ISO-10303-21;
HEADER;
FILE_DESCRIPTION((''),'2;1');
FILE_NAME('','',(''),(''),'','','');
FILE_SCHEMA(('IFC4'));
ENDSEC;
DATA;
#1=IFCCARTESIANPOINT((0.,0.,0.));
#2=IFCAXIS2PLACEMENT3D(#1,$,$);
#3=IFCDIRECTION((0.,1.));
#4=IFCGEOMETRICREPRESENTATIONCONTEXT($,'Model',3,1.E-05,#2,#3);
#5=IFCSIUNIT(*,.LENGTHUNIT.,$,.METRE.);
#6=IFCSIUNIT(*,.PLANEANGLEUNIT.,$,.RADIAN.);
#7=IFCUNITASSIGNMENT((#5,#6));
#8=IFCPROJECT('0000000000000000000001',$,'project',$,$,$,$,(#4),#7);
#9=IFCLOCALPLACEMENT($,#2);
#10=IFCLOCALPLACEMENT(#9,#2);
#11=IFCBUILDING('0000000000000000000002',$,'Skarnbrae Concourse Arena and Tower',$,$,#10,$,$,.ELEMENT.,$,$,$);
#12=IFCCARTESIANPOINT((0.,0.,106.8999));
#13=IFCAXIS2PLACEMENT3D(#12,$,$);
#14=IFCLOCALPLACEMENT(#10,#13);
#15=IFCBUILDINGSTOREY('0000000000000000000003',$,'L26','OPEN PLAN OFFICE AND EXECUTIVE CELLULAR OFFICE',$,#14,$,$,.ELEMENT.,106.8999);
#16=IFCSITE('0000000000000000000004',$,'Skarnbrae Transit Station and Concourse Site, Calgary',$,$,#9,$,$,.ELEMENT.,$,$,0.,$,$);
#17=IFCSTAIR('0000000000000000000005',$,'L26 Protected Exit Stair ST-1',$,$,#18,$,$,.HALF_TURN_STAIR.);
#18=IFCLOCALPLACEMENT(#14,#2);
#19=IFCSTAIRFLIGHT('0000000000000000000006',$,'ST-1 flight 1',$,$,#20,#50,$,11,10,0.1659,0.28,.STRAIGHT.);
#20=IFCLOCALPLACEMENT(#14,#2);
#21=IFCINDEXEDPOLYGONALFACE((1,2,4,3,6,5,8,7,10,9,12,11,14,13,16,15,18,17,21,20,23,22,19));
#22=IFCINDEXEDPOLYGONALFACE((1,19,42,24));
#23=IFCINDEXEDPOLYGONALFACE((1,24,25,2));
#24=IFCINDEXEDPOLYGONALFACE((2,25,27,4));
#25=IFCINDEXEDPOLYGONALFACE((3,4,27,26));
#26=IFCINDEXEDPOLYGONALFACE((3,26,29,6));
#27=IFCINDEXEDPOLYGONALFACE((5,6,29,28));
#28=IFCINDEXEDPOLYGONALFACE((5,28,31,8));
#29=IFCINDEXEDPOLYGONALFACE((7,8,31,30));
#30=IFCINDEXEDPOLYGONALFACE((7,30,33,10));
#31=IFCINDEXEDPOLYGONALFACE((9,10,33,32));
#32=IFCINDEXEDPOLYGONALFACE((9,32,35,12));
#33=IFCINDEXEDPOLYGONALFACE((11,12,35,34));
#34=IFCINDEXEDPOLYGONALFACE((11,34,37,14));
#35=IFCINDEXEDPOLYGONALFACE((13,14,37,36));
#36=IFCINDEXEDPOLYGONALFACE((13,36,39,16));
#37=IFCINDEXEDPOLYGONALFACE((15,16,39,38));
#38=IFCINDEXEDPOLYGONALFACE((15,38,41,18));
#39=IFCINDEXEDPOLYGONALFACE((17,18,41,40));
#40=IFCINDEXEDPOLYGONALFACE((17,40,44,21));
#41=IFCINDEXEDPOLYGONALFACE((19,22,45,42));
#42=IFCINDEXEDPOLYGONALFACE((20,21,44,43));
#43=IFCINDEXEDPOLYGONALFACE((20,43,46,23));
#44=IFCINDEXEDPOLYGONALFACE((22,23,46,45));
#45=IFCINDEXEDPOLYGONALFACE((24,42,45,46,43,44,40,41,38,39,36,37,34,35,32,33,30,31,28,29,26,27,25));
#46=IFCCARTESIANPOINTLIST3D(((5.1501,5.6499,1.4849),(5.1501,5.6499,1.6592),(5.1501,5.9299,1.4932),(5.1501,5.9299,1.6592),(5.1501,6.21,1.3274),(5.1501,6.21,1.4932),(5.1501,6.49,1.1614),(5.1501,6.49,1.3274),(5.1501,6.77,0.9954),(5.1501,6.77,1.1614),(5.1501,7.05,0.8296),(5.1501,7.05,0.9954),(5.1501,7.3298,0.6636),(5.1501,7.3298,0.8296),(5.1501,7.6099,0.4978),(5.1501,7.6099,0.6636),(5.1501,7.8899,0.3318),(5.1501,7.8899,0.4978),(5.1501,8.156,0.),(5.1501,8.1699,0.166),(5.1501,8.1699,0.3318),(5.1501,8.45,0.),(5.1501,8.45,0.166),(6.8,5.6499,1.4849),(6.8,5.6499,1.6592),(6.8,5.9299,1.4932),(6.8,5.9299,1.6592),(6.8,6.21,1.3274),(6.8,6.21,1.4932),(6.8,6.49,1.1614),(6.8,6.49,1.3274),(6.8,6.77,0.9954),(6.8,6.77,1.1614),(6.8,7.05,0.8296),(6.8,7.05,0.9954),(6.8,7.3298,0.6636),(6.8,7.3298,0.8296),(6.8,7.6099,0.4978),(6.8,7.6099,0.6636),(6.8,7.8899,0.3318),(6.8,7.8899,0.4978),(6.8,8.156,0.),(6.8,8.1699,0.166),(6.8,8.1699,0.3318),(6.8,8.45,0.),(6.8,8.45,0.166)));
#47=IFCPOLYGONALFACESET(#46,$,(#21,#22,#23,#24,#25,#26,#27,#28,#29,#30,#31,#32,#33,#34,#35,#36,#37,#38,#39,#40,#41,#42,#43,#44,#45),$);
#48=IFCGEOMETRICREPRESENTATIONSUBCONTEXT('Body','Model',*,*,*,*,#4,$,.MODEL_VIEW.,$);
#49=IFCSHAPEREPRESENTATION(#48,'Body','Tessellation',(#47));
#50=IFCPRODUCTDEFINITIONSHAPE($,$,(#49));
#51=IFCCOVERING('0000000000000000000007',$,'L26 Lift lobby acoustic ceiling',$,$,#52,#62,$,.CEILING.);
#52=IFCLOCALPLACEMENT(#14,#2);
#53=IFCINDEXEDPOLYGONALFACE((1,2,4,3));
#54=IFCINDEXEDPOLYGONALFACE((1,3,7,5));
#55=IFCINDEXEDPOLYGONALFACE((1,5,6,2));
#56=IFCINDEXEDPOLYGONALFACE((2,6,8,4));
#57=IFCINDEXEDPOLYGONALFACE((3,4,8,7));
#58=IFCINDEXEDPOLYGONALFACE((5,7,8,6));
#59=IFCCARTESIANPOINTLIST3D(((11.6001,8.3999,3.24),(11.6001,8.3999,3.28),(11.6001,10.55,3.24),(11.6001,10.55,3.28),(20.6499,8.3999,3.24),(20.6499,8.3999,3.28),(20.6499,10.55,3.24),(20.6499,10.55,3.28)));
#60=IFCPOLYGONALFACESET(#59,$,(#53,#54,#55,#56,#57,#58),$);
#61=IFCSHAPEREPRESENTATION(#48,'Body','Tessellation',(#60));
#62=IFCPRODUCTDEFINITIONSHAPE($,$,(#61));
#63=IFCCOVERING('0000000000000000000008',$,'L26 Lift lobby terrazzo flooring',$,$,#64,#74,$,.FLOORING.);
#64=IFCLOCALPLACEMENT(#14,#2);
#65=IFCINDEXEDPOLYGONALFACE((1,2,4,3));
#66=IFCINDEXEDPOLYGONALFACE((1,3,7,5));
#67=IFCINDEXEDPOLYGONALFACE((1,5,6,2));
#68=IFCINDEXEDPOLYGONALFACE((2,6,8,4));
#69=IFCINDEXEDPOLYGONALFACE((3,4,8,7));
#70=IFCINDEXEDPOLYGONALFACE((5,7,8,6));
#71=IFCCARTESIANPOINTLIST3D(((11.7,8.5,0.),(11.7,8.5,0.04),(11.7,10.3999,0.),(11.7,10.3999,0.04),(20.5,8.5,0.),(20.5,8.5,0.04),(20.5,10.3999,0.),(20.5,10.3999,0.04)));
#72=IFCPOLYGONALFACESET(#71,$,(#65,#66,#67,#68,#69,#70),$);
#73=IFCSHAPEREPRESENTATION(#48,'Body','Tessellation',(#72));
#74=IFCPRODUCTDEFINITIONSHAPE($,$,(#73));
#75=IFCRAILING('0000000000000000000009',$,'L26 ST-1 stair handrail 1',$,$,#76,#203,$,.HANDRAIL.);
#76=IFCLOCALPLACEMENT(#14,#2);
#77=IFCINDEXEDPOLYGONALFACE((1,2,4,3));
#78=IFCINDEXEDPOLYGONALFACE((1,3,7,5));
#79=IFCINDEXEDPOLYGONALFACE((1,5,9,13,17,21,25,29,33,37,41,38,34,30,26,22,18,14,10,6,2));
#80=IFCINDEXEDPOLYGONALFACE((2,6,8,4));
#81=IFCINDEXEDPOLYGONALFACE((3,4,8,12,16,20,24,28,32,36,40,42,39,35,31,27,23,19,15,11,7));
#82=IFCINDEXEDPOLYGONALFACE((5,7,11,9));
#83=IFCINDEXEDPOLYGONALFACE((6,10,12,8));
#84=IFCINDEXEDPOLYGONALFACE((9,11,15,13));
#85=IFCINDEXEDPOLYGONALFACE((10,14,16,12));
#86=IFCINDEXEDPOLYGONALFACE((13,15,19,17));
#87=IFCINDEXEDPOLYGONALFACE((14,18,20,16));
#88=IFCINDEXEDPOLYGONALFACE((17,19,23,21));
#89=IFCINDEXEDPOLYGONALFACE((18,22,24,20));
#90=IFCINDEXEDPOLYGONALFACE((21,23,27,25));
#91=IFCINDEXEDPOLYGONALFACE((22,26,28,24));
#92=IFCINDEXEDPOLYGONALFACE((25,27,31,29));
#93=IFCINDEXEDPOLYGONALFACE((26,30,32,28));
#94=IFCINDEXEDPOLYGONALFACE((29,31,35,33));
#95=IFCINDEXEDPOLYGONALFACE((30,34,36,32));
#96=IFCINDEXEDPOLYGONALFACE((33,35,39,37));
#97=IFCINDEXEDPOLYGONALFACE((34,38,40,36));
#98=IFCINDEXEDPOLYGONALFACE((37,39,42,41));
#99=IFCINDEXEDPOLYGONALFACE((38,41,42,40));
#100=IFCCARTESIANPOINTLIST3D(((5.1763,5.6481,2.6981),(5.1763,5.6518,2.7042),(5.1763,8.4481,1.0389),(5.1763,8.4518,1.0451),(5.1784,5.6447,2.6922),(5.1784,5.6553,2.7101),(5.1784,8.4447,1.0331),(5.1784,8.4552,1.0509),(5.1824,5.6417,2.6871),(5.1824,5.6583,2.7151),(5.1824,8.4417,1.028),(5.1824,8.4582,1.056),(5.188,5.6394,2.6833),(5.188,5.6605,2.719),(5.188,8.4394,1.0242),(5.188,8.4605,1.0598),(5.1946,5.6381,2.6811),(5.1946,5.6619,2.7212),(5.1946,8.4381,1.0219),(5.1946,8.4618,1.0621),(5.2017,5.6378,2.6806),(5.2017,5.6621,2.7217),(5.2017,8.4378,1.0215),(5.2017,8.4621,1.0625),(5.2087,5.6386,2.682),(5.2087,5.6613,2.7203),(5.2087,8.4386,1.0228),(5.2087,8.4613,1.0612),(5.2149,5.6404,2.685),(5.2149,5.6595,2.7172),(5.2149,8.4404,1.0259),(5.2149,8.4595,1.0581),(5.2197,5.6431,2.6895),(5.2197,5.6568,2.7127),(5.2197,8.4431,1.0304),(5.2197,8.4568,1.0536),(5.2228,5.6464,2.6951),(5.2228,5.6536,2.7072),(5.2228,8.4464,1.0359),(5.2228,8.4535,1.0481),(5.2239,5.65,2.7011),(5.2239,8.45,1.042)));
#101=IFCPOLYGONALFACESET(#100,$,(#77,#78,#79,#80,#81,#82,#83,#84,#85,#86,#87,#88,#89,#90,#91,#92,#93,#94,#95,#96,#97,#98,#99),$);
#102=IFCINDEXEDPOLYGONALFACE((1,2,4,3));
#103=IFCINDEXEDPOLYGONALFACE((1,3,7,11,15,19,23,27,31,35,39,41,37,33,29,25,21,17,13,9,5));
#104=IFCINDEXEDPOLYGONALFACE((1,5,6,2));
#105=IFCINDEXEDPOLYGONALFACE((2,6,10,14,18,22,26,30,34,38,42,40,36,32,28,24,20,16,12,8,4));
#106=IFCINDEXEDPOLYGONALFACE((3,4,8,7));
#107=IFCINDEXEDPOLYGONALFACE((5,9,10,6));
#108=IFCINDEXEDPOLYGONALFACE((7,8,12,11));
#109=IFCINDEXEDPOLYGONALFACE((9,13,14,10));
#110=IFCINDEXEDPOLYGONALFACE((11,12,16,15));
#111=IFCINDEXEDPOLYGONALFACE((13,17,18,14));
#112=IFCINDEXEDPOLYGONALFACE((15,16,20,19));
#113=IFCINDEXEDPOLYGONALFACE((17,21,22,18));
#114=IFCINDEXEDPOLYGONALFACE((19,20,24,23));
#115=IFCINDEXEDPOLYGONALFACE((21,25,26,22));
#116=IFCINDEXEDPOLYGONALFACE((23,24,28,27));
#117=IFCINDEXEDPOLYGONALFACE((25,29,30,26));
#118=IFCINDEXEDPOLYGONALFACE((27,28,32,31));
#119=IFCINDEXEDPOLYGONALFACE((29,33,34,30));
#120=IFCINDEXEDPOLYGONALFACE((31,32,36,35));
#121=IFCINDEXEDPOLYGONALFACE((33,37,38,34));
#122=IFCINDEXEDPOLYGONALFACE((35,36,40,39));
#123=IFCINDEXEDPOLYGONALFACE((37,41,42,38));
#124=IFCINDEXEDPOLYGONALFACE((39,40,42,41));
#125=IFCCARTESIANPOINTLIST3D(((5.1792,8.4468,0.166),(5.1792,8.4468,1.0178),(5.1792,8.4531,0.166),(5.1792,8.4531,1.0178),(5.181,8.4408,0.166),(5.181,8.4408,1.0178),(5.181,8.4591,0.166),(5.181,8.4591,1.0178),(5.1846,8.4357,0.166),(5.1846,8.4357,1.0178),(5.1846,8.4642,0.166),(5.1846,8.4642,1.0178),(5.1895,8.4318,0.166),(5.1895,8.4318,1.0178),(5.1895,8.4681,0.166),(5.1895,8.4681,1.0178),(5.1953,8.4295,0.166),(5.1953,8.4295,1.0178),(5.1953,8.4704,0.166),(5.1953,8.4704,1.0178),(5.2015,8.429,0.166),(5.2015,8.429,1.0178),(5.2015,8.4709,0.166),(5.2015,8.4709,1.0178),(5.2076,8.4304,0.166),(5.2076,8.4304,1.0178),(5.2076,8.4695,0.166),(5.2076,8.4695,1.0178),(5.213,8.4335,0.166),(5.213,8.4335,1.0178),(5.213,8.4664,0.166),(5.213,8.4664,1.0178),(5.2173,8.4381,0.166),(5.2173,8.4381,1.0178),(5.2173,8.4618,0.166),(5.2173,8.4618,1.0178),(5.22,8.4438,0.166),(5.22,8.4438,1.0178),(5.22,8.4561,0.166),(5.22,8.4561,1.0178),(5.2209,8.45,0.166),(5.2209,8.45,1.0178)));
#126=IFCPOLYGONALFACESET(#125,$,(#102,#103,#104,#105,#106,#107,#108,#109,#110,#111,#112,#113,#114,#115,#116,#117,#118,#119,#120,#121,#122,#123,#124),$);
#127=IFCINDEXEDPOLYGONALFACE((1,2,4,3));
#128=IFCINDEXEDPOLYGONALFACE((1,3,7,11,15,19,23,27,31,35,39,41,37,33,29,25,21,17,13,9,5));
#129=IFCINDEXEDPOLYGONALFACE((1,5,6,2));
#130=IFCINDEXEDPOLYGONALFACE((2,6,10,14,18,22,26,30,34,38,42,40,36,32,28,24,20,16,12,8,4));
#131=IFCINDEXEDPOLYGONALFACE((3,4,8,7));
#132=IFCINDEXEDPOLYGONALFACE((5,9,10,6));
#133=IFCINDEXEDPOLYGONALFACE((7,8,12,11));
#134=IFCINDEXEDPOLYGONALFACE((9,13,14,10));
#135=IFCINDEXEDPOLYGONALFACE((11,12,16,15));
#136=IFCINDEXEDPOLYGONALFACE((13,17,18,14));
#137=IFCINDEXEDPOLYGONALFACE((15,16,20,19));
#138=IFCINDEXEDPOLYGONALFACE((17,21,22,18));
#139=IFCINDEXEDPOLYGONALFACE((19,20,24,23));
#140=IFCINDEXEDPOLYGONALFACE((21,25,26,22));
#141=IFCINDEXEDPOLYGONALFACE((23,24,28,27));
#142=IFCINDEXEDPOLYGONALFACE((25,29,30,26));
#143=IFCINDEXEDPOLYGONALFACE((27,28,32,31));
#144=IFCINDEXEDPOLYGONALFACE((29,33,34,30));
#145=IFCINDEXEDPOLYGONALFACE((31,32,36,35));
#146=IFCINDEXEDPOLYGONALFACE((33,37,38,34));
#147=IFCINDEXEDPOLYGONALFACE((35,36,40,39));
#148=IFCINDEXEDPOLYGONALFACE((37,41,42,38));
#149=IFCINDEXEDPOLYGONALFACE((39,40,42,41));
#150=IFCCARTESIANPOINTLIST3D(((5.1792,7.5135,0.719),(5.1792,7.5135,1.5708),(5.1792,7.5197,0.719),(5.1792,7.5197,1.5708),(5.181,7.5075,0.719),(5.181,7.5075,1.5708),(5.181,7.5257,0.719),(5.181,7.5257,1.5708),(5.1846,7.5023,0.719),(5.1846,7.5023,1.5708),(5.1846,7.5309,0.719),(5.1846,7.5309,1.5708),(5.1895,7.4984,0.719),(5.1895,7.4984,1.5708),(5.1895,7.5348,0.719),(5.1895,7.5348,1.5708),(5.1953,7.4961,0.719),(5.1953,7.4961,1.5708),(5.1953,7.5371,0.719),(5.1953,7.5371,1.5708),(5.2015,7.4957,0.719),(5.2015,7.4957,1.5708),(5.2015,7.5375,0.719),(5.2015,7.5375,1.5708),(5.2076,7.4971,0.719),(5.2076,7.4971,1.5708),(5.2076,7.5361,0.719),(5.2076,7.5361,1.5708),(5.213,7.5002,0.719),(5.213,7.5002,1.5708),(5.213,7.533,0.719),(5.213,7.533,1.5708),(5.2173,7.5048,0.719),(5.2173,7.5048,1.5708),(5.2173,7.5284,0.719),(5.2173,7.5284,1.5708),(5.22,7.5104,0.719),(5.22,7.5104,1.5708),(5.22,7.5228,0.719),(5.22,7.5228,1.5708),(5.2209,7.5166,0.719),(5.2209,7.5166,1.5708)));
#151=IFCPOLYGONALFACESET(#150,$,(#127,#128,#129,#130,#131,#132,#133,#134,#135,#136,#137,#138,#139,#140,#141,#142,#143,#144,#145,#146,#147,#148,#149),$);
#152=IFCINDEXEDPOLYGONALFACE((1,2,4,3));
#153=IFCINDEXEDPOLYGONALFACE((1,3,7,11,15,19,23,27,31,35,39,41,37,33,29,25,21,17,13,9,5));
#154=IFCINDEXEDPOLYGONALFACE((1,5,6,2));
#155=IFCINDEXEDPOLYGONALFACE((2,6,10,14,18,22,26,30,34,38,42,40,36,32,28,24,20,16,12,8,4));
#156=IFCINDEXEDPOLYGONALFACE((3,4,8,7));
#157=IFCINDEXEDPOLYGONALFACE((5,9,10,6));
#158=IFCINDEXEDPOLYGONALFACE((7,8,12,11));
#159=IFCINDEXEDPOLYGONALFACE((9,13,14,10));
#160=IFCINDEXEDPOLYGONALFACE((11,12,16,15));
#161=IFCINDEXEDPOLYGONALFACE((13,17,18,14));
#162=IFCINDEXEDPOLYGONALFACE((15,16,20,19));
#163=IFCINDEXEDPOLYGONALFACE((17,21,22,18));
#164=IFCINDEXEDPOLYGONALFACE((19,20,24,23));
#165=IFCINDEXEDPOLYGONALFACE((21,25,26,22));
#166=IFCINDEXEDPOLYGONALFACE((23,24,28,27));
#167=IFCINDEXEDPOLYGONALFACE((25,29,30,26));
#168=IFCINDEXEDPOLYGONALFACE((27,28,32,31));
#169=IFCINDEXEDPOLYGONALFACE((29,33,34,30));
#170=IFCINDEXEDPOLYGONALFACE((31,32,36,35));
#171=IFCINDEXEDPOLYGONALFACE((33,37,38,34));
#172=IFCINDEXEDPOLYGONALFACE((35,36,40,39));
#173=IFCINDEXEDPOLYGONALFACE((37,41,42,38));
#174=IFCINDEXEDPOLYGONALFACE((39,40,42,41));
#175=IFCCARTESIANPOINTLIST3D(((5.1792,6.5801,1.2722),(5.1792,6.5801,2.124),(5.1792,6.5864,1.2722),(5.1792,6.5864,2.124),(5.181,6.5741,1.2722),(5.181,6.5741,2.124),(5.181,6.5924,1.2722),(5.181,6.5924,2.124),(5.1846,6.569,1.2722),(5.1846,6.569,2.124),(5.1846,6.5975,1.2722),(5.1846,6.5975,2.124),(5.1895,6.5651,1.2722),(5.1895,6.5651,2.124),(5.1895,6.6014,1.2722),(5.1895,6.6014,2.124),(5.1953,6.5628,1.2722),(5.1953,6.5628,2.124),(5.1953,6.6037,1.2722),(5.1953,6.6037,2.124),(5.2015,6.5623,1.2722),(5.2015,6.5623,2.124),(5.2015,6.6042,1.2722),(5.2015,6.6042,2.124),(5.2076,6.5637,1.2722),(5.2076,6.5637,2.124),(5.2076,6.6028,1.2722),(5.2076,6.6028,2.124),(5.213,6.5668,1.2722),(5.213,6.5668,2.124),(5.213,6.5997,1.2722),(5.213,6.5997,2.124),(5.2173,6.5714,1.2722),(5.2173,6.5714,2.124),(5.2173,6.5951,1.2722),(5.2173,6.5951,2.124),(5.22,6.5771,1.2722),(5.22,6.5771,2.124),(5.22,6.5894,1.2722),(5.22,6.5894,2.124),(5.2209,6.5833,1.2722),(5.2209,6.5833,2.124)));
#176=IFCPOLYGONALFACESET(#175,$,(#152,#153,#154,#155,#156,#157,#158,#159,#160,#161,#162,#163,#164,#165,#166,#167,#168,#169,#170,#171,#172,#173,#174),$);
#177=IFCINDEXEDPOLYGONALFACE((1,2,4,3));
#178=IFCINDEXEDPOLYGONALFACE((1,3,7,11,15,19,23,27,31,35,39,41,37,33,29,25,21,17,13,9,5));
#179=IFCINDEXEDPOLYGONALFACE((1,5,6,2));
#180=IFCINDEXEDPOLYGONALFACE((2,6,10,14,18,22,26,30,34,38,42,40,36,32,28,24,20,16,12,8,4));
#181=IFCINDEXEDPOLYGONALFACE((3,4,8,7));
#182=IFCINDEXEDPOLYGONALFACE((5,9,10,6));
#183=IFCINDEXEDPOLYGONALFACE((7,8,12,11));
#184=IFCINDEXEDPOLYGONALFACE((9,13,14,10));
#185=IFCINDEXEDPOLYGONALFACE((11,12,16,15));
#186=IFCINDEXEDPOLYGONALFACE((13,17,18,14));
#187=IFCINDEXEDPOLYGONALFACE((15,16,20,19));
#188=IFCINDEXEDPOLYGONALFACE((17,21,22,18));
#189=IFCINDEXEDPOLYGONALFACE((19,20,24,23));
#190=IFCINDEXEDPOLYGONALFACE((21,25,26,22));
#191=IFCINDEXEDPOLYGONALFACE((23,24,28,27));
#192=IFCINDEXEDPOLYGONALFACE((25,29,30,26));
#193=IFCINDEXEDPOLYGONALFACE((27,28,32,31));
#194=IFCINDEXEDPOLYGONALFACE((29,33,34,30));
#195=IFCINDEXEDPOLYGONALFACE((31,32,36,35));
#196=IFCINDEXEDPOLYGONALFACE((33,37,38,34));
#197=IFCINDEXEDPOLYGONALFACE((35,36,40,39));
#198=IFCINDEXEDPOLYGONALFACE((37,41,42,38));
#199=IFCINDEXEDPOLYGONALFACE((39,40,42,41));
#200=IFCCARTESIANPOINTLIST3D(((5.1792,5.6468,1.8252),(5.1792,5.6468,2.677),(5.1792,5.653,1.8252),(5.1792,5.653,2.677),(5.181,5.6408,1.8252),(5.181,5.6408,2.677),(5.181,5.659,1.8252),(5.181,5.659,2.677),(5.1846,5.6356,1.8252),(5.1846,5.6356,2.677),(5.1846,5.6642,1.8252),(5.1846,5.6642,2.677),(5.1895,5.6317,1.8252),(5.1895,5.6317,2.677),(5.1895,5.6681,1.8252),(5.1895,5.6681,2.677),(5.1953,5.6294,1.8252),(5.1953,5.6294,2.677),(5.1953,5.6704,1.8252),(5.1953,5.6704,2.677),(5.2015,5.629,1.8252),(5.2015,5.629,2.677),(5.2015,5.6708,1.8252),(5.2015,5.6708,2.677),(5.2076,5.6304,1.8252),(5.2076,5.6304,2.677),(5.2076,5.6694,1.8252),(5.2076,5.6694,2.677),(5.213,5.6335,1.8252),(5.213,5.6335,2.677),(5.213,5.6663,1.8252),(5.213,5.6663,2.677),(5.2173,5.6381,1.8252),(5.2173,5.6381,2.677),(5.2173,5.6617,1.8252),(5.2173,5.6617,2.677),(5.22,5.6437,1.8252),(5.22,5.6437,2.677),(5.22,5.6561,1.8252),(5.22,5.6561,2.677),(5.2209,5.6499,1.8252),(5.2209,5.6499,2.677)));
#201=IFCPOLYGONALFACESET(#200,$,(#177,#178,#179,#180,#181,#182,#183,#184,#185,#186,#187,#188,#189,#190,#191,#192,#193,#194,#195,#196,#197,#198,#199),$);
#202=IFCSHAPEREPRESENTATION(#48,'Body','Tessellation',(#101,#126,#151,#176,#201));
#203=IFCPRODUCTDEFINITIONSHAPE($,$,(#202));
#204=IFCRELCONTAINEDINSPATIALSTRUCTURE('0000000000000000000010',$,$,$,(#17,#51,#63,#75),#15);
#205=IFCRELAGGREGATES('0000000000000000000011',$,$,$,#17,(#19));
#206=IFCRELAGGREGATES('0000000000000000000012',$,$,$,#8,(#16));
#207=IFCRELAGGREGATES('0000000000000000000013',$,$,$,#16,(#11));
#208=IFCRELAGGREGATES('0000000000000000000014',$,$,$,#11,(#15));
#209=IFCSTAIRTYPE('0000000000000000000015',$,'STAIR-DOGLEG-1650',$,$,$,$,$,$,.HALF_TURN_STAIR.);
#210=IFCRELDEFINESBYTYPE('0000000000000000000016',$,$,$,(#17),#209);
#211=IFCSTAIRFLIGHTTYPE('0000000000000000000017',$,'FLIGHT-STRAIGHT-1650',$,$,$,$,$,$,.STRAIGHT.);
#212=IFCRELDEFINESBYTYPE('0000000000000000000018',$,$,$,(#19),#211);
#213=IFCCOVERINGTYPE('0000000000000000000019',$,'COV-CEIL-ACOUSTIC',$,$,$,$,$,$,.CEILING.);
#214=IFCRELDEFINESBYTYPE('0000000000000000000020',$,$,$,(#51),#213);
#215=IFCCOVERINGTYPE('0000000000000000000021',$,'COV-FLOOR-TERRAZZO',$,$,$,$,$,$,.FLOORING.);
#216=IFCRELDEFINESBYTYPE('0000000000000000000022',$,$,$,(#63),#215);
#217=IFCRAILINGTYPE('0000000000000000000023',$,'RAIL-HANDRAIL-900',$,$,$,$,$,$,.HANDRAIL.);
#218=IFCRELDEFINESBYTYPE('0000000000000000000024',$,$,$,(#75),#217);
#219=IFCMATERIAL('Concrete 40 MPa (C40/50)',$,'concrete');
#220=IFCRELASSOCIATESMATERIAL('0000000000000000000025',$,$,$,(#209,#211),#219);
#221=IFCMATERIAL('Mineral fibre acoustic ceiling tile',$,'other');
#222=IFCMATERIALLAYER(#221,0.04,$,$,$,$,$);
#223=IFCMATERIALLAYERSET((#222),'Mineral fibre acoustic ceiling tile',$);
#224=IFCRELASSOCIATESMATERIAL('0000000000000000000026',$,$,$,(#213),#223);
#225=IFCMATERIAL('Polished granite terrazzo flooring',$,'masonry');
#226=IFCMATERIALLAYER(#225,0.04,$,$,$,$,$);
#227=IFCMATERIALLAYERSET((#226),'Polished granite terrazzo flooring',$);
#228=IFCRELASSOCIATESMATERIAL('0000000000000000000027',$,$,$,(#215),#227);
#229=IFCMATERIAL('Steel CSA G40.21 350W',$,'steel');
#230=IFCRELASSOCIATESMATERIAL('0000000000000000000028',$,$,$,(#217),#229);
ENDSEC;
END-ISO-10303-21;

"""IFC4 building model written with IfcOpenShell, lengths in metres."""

from ifc_helpers import new_model, si_unit, direction, frame, origin, origin_2d, place, context, subcontext, project, spatial, polyline, circle, outline, extrude, source, transform, mapped, material, layer, layer_set, type_object, element, aggregate, save


model = new_model("IFC4")

# Units and contexts
model_context = context("Model", 3, precision=1e-05, world=origin(), true_north=direction((0.0, 1.0)))
body_context = subcontext(model_context, "Body", "Model", "MODEL_VIEW")
ifc_project = project(units=[si_unit("LENGTHUNIT", "METRE"), si_unit("PLANEANGLEUNIT", "RADIAN")], contexts=[model_context])

# Site, building, storey
site_placement = place(None, origin())
site = spatial("IfcSite", under=ifc_project, at=site_placement, Name="Skarnbrae Transit Station and Concourse Site, Calgary", CompositionType="ELEMENT", RefElevation=0.0)
building_placement = place(site_placement, origin())
building = spatial("IfcBuilding", under=site, at=building_placement, Name="Skarnbrae Concourse Arena and Tower", CompositionType="ELEMENT")
storey_placement = place(building_placement, frame((0.0, 0.0, 106.8999)))
storey = spatial("IfcBuildingStorey", under=building, at=storey_placement, Name="L26", Description="OPEN PLAN OFFICE AND EXECUTIVE CELLULAR OFFICE", CompositionType="ELEMENT", Elevation=106.8999)

# Shared definitions
ifc_material_1 = material(Name="Steel CSA G40.21 350W", Category="steel")

# Stair
ifc_material_2 = material(Name="Concrete 40 MPa (C40/50)", Category="concrete")
stair_type = type_object("IfcStairType", Name="STAIR-DOGLEG-1650", PredefinedType="HALF_TURN_STAIR", material=ifc_material_2)
stair_1_placement = place(storey_placement, origin())
stair_1 = element("IfcStair", 1, at=stair_1_placement, inside=storey, type_object=stair_type, Name="L26 Protected Exit Stair ST-1", PredefinedType="HALF_TURN_STAIR")

# Stair flight
stair_flight_type = type_object("IfcStairFlightType", Name="FLIGHT-STRAIGHT-1650", PredefinedType="STRAIGHT", material=ifc_material_2)
shared_shape_1 = source(origin(), body_context, "Body", "SweptSolid", [
    extrude(outline(polyline([(0.0, 0.0), (0.0, 0.166), (0.28, 0.166), (0.28, 0.3318), (0.5601, 0.3318), (0.5601, 0.4978), (0.8401, 0.4978), (0.8401, 0.6636), (1.1201, 0.6636), (1.1201, 0.8296), (1.3999, 0.8296), (1.3999, 0.9954), (1.6799, 0.9954), (1.6799, 1.1614), (1.96, 1.1614), (1.96, 1.3274), (2.24, 1.3274), (2.24, 1.4932), (2.52, 1.4932), (2.52, 1.6592), (2.8, 1.6592), (2.8, 1.825), (2.8, 1.4849), (0.2939, 0.0), (0.0, 0.0)])), frame((0.0, 0.825, 0.0), z_axis=(0.0, -1.0, 0.0), x_axis=(1.0, 0.0, 0.0)), (0.0, 0.0, 1.0), 1.6499),
])
stair_flight_placement = place(storey_placement, frame((5.9751, 8.45, 0.0), z_axis=(0.0, 0.0, 1.0), x_axis=(0.0, -1.0, 0.0)))
stair_flight = element("IfcStairFlight", 2, at=stair_flight_placement, type_object=stair_flight_type, Name="ST-1 flight 1", NumberOfRisers=11, NumberOfTreads=10, PredefinedType="STRAIGHT", RiserHeight=0.1659, TreadLength=0.28, context=body_context, shape_type="MappedRepresentation", body=[
    mapped(shared_shape_1, transform((0.0, 0.0, 0.0))),
])
aggregate(stair_1, [stair_flight])

# Coverings
ifc_material_3 = material(Name="Mineral fibre acoustic ceiling tile", Category="other")
ifc_layer_1 = layer(ifc_material_3, 0.04)
ifc_layer_set_1 = layer_set([ifc_layer_1], Name="Mineral fibre acoustic ceiling tile")
covering_type_1 = type_object("IfcCoveringType", Name="COV-CEIL-ACOUSTIC", PredefinedType="CEILING", material=ifc_layer_set_1)
covering_1_placement = place(storey_placement, frame((0.0, 0.0, 3.24)))
element("IfcCovering", 3, at=covering_1_placement, inside=storey, type_object=covering_type_1, Name="L26 Lift lobby acoustic ceiling", PredefinedType="CEILING", context=body_context, shape_type="SweptSolid", body=[
    extrude(outline(polyline([(11.6001, 8.3999), (20.6499, 8.3999), (20.6499, 10.55), (11.6001, 10.55), (11.6001, 8.3999)])), origin(), (0.0, 0.0, 1.0), 0.04),
])
ifc_material_4 = material(Name="Polished granite terrazzo flooring", Category="masonry")
ifc_layer_2 = layer(ifc_material_4, 0.04)
ifc_layer_set_2 = layer_set([ifc_layer_2], Name="Polished granite terrazzo flooring")
covering_type_2 = type_object("IfcCoveringType", Name="COV-FLOOR-TERRAZZO", PredefinedType="FLOORING", material=ifc_layer_set_2)
covering_2_placement = place(storey_placement, origin())
element("IfcCovering", 4, at=covering_2_placement, inside=storey, type_object=covering_type_2, Name="L26 Lift lobby terrazzo flooring", PredefinedType="FLOORING", context=body_context, shape_type="SweptSolid", body=[
    extrude(outline(polyline([(11.7, 8.5), (20.5, 8.5), (20.5, 10.3999), (11.7, 10.3999), (11.7, 8.5)])), origin(), (0.0, 0.0, 1.0), 0.04),
])

# Railing
railing_type_1 = type_object("IfcRailingType", Name="RAIL-HANDRAIL-900", PredefinedType="HANDRAIL", material=ifc_material_1)
railing_1_placement = place(storey_placement, frame((5.2, 8.45, 0.166)))
element("IfcRailing", 5, at=railing_1_placement, inside=storey, type_object=railing_type_1, Name="L26 ST-1 stair handrail 1", PredefinedType="HANDRAIL", context=body_context, shape_type="SweptSolid", body=[
    extrude(circle(Radius=0.0239, at=origin_2d()), frame((0.0, 0.0, 0.876), z_axis=(0.0, -0.860306, 0.509778), x_axis=(1.0, 0.0, 0.0)), (0.0, 0.0, 1.0), 3.2546),
    extrude(circle(Radius=0.021, at=origin_2d()), origin(), (0.0, 0.0, 1.0), 0.8518),
    extrude(circle(Radius=0.021, at=origin_2d()), frame((0.0, -0.9333, 0.553)), (0.0, 0.0, 1.0), 0.8518),
    extrude(circle(Radius=0.021, at=origin_2d()), frame((0.0, -1.8667, 1.1062)), (0.0, 0.0, 1.0), 0.8518),
    extrude(circle(Radius=0.021, at=origin_2d()), frame((0.0, -2.8, 1.6592)), (0.0, 0.0, 1.0), 0.8518),
])

save(model, "model.ifc")
